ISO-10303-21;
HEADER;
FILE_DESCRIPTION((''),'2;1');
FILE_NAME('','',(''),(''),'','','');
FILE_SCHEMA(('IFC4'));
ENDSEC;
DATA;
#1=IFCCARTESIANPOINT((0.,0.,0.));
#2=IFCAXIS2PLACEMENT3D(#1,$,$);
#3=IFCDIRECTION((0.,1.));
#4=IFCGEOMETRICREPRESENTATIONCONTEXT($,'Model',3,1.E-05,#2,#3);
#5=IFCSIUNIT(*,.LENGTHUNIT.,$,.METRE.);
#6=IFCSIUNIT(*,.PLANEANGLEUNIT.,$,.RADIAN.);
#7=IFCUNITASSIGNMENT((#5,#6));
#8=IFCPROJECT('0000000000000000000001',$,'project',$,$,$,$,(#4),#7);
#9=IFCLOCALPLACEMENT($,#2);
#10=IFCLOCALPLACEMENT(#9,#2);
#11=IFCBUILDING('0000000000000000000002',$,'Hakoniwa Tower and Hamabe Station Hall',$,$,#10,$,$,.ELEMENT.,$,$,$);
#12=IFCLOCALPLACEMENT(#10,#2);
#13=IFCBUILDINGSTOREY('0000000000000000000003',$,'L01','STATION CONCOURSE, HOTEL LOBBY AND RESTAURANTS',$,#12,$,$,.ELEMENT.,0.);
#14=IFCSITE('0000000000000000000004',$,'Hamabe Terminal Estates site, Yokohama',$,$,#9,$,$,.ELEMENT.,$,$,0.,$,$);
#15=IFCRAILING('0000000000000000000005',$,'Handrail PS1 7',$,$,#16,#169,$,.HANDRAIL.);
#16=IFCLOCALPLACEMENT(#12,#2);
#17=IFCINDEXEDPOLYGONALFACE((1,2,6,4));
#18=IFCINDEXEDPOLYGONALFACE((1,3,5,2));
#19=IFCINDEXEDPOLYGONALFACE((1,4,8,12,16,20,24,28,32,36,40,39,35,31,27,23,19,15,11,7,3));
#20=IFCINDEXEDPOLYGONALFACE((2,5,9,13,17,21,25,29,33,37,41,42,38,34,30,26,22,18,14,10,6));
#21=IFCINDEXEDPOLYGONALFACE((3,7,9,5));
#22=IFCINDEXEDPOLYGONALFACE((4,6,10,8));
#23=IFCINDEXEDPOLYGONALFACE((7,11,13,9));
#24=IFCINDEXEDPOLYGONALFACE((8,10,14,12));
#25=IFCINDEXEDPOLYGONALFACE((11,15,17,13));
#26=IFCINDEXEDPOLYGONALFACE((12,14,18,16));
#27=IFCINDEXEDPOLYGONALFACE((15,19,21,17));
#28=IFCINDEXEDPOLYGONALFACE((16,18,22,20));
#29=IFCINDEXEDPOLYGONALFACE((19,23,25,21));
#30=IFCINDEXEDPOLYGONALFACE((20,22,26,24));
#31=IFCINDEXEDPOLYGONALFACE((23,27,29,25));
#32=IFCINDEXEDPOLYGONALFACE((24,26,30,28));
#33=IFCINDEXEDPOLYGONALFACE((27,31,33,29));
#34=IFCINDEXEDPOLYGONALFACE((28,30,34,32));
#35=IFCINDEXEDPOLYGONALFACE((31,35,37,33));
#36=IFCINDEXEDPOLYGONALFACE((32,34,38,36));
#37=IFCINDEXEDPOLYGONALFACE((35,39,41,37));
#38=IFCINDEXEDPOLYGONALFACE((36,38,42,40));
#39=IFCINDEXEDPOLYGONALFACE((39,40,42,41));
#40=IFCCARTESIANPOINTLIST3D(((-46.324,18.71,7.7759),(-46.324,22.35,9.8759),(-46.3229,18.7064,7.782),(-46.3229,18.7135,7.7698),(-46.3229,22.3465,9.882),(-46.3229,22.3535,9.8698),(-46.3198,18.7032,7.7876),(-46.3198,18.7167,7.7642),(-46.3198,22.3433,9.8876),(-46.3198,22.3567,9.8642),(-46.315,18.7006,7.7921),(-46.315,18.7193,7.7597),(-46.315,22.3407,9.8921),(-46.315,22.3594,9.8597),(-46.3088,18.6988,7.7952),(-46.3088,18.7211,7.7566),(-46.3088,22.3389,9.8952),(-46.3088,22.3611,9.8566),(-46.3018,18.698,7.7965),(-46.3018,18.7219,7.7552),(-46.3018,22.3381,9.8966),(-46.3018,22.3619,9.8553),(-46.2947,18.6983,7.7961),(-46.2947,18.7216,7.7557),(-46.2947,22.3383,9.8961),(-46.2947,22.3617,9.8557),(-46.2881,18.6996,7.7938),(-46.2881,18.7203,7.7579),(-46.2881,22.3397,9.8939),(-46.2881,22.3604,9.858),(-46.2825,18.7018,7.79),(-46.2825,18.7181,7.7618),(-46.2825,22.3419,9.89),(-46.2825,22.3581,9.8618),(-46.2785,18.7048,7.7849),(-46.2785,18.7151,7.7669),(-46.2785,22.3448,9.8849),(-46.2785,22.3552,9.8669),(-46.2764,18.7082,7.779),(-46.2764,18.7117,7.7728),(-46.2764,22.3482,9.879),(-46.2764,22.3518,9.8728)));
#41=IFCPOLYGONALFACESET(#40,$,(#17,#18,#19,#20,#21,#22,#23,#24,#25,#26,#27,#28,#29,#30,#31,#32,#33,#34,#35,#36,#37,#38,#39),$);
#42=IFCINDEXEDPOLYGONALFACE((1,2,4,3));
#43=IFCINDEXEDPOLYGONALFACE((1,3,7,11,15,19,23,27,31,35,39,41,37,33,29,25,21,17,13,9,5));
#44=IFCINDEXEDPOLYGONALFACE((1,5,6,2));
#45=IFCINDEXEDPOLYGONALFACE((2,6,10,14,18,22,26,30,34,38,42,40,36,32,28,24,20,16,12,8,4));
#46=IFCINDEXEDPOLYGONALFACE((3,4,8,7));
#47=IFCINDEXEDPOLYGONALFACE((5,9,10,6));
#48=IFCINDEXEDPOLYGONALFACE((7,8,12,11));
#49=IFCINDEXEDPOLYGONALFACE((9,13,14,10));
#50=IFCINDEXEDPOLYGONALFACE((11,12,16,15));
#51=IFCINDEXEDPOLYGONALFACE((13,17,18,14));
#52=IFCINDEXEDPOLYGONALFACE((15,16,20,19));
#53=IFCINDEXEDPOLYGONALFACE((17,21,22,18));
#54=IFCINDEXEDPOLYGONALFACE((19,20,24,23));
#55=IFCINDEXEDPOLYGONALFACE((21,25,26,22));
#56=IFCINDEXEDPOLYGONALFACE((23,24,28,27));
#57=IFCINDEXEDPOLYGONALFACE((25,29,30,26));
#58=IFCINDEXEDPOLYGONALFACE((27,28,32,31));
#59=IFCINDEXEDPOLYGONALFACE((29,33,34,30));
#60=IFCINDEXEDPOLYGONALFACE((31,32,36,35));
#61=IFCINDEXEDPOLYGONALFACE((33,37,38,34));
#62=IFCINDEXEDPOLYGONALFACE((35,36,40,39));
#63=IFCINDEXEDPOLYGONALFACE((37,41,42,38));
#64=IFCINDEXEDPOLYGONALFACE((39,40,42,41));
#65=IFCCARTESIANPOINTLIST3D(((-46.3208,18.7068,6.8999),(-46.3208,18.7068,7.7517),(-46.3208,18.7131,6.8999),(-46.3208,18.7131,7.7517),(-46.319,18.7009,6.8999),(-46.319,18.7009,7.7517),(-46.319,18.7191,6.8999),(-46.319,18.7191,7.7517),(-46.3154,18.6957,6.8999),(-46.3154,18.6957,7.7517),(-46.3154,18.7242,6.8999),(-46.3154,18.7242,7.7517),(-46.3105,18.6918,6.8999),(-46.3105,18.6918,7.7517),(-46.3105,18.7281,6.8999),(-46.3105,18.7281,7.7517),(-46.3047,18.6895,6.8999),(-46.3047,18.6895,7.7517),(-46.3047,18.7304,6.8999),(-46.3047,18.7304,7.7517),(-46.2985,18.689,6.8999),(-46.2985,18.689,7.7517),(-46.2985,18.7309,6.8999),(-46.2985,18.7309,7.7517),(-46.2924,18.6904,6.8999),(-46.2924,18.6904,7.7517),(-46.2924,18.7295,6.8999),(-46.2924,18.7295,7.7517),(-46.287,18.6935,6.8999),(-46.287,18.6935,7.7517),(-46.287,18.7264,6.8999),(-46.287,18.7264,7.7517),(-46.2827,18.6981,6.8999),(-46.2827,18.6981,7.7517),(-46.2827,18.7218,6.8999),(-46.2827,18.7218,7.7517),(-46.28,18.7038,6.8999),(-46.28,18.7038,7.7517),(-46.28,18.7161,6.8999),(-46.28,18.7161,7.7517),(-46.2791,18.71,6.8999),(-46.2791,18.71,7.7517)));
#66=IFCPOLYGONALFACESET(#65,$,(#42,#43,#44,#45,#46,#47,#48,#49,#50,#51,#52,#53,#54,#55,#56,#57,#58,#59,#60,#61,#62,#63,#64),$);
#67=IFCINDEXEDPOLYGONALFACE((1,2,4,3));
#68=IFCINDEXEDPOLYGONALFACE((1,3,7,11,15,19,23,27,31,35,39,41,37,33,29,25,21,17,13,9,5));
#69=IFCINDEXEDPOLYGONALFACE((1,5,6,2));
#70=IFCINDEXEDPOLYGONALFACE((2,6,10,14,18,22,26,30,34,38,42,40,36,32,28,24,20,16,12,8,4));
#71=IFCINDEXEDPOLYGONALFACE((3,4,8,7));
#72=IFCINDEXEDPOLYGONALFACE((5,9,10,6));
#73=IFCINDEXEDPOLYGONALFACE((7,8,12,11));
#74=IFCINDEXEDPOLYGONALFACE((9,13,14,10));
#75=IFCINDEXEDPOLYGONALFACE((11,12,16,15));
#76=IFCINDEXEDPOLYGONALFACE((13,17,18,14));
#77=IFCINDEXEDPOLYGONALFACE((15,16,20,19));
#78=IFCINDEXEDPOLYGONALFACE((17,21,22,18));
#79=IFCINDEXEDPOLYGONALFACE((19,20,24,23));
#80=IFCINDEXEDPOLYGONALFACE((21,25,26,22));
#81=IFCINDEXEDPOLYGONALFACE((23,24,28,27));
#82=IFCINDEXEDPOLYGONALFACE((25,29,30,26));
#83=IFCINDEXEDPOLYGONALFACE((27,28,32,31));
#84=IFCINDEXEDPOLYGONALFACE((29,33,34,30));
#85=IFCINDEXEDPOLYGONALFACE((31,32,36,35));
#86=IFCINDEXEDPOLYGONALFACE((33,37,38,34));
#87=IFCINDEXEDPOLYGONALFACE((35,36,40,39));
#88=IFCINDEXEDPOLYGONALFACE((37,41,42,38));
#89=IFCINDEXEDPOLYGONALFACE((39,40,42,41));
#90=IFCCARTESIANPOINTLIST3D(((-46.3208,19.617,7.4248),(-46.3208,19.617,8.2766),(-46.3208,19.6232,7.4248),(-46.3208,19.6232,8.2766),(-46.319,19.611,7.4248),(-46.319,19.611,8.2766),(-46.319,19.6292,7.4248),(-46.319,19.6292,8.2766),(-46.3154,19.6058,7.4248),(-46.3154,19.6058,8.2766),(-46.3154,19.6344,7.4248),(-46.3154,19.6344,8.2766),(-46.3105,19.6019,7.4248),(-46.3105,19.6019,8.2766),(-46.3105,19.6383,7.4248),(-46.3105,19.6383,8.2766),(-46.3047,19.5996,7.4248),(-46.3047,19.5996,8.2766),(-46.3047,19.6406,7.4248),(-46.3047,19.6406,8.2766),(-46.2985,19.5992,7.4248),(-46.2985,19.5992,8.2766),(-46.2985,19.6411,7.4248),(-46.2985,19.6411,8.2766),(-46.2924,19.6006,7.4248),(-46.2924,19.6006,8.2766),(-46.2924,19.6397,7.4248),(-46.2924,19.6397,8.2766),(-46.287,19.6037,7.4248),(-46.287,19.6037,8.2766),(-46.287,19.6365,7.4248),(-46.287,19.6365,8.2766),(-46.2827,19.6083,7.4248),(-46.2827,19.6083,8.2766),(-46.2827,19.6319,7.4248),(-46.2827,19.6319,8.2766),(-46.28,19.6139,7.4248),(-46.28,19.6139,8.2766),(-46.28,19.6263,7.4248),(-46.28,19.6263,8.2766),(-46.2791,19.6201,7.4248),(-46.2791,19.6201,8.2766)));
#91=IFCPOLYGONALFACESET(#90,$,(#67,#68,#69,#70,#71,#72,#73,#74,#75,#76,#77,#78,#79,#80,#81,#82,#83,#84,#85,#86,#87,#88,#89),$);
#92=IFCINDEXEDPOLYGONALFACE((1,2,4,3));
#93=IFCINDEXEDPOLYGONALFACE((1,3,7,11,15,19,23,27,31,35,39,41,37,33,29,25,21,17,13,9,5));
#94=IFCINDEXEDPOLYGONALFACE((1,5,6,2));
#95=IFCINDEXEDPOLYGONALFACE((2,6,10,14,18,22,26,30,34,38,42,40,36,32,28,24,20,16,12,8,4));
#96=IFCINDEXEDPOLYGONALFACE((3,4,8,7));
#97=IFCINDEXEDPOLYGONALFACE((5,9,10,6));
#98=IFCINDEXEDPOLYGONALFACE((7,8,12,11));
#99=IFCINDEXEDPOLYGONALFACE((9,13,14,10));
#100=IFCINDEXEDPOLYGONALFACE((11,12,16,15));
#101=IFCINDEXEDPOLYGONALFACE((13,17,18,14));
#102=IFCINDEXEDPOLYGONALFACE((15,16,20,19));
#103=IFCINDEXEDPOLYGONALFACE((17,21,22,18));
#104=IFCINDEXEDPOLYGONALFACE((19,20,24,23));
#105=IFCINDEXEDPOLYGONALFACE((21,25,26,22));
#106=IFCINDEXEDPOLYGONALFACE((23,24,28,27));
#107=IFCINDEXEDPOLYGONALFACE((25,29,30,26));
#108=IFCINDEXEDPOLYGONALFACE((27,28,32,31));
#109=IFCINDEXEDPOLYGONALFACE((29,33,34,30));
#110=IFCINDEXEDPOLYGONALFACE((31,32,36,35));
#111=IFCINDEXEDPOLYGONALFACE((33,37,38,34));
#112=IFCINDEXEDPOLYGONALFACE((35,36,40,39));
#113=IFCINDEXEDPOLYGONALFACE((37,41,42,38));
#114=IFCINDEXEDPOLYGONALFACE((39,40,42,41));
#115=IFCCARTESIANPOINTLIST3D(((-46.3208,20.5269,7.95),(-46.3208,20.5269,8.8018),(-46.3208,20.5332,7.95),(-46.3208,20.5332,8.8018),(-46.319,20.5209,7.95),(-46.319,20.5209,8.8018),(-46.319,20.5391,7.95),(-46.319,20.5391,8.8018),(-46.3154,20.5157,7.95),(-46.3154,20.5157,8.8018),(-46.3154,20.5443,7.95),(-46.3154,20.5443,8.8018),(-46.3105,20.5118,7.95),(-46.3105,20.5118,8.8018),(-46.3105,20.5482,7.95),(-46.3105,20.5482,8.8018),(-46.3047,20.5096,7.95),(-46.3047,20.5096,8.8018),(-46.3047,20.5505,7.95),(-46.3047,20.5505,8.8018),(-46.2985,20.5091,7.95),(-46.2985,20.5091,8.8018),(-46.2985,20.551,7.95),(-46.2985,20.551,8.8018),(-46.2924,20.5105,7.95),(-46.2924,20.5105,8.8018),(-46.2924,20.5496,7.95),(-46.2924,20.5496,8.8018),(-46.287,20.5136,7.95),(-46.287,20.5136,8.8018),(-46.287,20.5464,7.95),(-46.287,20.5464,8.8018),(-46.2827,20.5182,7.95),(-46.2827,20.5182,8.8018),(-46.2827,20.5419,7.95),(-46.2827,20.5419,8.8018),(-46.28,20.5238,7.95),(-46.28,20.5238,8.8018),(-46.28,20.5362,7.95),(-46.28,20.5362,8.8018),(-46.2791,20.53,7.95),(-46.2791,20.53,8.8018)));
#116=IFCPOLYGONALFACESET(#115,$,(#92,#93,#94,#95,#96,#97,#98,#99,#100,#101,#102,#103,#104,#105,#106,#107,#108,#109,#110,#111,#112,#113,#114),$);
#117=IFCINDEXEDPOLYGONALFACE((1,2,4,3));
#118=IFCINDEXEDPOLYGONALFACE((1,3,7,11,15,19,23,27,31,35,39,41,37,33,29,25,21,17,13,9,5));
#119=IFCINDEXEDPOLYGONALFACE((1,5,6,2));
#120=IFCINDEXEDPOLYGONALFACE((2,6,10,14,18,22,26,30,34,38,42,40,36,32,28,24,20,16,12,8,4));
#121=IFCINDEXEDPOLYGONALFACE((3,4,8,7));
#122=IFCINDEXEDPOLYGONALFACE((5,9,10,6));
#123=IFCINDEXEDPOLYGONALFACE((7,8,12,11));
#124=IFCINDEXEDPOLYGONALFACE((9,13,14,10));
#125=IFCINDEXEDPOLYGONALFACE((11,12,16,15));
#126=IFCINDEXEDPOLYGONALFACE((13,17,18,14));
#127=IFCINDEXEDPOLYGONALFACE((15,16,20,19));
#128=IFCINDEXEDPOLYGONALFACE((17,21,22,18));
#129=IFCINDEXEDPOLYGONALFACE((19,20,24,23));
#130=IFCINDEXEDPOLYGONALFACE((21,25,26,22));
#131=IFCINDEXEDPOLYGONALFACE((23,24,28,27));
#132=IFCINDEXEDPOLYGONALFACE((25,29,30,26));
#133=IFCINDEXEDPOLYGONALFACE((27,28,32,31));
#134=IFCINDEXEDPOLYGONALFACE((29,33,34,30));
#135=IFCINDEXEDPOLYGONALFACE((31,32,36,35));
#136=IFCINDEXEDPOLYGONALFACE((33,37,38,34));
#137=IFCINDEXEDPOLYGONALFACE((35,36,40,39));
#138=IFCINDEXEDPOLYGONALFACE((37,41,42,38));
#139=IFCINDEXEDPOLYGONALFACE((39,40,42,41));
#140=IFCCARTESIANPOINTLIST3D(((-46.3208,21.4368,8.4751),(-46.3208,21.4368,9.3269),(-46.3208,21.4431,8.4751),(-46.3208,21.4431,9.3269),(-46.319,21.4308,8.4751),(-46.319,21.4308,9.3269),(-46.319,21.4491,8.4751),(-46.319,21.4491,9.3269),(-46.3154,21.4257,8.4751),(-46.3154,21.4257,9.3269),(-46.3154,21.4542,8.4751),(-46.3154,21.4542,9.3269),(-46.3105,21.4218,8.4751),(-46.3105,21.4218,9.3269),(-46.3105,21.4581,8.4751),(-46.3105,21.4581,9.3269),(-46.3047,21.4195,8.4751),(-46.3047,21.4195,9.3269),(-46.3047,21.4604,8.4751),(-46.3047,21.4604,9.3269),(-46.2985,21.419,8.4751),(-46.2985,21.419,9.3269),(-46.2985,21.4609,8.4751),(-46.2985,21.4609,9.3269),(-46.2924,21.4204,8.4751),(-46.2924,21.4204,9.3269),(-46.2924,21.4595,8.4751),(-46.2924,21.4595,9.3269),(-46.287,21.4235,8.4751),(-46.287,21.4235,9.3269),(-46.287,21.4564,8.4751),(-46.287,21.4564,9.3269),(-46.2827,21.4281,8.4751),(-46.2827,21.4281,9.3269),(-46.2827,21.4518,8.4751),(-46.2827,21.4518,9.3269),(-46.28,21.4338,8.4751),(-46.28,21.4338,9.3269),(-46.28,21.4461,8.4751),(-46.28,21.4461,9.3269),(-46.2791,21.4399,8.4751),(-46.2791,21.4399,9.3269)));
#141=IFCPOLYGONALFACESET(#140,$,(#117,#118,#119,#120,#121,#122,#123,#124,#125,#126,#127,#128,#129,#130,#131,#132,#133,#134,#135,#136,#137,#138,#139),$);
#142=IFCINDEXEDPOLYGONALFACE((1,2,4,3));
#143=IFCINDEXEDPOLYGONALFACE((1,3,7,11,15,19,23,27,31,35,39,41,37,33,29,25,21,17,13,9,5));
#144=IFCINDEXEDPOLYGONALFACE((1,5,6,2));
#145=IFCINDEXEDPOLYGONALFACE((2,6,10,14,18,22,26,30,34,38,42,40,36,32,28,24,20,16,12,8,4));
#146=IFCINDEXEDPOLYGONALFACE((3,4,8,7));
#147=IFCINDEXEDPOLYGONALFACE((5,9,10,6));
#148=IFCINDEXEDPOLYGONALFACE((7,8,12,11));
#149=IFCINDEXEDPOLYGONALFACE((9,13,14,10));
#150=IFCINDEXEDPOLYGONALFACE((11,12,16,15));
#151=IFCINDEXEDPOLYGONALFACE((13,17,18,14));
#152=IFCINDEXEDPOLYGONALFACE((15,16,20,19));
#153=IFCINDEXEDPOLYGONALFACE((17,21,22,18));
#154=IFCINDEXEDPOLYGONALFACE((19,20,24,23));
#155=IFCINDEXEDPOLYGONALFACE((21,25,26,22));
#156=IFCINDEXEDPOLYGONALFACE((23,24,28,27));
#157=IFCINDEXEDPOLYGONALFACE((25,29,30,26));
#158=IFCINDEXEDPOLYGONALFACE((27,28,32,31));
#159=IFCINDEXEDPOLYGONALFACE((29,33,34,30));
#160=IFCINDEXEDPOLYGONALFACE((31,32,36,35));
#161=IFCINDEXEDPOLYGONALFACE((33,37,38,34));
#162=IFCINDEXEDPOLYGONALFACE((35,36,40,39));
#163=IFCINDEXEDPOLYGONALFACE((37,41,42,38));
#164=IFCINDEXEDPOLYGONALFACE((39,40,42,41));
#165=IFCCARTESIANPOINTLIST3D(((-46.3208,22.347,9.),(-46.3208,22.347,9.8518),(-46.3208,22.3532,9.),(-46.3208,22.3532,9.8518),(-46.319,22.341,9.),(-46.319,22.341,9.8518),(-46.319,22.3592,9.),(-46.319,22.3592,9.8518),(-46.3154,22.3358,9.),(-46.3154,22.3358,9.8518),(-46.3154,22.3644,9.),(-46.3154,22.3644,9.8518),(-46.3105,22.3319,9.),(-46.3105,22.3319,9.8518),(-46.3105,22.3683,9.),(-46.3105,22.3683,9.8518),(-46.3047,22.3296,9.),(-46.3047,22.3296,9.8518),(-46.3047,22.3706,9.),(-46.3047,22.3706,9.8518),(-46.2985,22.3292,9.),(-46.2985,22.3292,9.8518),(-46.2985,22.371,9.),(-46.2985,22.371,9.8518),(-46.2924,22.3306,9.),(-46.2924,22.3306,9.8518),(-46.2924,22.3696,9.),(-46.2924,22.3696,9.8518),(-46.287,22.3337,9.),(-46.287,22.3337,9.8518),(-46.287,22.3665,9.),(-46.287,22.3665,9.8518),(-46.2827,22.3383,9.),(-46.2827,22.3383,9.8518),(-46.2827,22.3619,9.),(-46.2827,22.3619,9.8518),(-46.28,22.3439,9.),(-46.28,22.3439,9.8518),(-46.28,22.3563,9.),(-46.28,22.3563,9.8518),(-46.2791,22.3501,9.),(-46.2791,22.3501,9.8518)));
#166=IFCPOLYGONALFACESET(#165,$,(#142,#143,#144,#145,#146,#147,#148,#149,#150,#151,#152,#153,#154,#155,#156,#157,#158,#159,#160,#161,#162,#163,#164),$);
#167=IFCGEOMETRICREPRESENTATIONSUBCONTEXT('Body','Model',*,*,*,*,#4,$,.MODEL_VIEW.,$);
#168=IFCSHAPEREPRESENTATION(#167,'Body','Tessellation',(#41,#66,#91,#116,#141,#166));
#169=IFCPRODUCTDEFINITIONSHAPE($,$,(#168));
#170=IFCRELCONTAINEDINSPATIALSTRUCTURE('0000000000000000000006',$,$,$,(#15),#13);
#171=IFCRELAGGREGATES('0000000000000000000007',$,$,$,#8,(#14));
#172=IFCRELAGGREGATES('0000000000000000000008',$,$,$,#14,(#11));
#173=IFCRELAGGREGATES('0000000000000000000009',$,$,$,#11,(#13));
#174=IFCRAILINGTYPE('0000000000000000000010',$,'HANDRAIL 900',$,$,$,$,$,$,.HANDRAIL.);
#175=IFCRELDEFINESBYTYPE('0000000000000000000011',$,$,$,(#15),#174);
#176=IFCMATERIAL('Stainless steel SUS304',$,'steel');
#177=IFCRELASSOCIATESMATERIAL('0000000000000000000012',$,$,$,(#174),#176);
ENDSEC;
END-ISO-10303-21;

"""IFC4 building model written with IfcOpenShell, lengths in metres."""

from ifc_helpers import new_model, si_unit, direction, frame, origin, origin_2d, place, context, subcontext, project, spatial, circle, extrude, material, type_object, element, save


model = new_model("IFC4")

# Units and contexts
model_context = context("Model", 3, precision=1e-05, world=origin(), true_north=direction((0.0, 1.0)))
body_context = subcontext(model_context, "Body", "Model", "MODEL_VIEW")
ifc_project = project(units=[si_unit("LENGTHUNIT", "METRE"), si_unit("PLANEANGLEUNIT", "RADIAN")], contexts=[model_context])

# Site, building, storey
site_placement = place(None, origin())
site = spatial("IfcSite", under=ifc_project, at=site_placement, Name="Hamabe Terminal Estates site, Yokohama", CompositionType="ELEMENT", RefElevation=0.0)
building_placement = place(site_placement, origin())
building = spatial("IfcBuilding", under=site, at=building_placement, Name="Hakoniwa Tower and Hamabe Station Hall", CompositionType="ELEMENT")
storey_placement = place(building_placement, origin())
storey = spatial("IfcBuildingStorey", under=building, at=storey_placement, Name="L01", Description="STATION CONCOURSE, HOTEL LOBBY AND RESTAURANTS", CompositionType="ELEMENT", Elevation=0.0)

# Railing
ifc_material_1 = material(Name="Stainless steel SUS304", Category="steel")
railing_type_1 = type_object("IfcRailingType", Name="HANDRAIL 900", PredefinedType="HANDRAIL", material=ifc_material_1)
for number, where, name in (
    (1, (-46.3, 18.71, 6.8999), "Handrail PS1 7"),
):
    element("IfcRailing", number, at=place(storey_placement, frame(where)), inside=storey, type_object=railing_type_1, Name=name, PredefinedType="HANDRAIL", context=body_context, shape_type="SweptSolid", body=[
        extrude(circle(Radius=0.0239, at=origin_2d()), frame((0.0, 0.0, 0.876), z_axis=(0.0, 0.866184, 0.499726), x_axis=(-1.0, 0.0, 0.0)), (0.0, 0.0, 1.0), 4.2024),
        extrude(circle(Radius=0.021, at=origin_2d()), origin(), (0.0, 0.0, 1.0), 0.8518),
        extrude(circle(Radius=0.021, at=origin_2d()), frame((0.0, 0.9102, 0.5249)), (0.0, 0.0, 1.0), 0.8518),
        extrude(circle(Radius=0.021, at=origin_2d()), frame((0.0, 1.8201, 1.05)), (0.0, 0.0, 1.0), 0.8518),
        extrude(circle(Radius=0.021, at=origin_2d()), frame((0.0, 2.73, 1.5752)), (0.0, 0.0, 1.0), 0.8518),
        extrude(circle(Radius=0.021, at=origin_2d()), frame((0.0, 3.6401, 2.1001)), (0.0, 0.0, 1.0), 0.8518),
    ])

save(model, "model.ifc")
